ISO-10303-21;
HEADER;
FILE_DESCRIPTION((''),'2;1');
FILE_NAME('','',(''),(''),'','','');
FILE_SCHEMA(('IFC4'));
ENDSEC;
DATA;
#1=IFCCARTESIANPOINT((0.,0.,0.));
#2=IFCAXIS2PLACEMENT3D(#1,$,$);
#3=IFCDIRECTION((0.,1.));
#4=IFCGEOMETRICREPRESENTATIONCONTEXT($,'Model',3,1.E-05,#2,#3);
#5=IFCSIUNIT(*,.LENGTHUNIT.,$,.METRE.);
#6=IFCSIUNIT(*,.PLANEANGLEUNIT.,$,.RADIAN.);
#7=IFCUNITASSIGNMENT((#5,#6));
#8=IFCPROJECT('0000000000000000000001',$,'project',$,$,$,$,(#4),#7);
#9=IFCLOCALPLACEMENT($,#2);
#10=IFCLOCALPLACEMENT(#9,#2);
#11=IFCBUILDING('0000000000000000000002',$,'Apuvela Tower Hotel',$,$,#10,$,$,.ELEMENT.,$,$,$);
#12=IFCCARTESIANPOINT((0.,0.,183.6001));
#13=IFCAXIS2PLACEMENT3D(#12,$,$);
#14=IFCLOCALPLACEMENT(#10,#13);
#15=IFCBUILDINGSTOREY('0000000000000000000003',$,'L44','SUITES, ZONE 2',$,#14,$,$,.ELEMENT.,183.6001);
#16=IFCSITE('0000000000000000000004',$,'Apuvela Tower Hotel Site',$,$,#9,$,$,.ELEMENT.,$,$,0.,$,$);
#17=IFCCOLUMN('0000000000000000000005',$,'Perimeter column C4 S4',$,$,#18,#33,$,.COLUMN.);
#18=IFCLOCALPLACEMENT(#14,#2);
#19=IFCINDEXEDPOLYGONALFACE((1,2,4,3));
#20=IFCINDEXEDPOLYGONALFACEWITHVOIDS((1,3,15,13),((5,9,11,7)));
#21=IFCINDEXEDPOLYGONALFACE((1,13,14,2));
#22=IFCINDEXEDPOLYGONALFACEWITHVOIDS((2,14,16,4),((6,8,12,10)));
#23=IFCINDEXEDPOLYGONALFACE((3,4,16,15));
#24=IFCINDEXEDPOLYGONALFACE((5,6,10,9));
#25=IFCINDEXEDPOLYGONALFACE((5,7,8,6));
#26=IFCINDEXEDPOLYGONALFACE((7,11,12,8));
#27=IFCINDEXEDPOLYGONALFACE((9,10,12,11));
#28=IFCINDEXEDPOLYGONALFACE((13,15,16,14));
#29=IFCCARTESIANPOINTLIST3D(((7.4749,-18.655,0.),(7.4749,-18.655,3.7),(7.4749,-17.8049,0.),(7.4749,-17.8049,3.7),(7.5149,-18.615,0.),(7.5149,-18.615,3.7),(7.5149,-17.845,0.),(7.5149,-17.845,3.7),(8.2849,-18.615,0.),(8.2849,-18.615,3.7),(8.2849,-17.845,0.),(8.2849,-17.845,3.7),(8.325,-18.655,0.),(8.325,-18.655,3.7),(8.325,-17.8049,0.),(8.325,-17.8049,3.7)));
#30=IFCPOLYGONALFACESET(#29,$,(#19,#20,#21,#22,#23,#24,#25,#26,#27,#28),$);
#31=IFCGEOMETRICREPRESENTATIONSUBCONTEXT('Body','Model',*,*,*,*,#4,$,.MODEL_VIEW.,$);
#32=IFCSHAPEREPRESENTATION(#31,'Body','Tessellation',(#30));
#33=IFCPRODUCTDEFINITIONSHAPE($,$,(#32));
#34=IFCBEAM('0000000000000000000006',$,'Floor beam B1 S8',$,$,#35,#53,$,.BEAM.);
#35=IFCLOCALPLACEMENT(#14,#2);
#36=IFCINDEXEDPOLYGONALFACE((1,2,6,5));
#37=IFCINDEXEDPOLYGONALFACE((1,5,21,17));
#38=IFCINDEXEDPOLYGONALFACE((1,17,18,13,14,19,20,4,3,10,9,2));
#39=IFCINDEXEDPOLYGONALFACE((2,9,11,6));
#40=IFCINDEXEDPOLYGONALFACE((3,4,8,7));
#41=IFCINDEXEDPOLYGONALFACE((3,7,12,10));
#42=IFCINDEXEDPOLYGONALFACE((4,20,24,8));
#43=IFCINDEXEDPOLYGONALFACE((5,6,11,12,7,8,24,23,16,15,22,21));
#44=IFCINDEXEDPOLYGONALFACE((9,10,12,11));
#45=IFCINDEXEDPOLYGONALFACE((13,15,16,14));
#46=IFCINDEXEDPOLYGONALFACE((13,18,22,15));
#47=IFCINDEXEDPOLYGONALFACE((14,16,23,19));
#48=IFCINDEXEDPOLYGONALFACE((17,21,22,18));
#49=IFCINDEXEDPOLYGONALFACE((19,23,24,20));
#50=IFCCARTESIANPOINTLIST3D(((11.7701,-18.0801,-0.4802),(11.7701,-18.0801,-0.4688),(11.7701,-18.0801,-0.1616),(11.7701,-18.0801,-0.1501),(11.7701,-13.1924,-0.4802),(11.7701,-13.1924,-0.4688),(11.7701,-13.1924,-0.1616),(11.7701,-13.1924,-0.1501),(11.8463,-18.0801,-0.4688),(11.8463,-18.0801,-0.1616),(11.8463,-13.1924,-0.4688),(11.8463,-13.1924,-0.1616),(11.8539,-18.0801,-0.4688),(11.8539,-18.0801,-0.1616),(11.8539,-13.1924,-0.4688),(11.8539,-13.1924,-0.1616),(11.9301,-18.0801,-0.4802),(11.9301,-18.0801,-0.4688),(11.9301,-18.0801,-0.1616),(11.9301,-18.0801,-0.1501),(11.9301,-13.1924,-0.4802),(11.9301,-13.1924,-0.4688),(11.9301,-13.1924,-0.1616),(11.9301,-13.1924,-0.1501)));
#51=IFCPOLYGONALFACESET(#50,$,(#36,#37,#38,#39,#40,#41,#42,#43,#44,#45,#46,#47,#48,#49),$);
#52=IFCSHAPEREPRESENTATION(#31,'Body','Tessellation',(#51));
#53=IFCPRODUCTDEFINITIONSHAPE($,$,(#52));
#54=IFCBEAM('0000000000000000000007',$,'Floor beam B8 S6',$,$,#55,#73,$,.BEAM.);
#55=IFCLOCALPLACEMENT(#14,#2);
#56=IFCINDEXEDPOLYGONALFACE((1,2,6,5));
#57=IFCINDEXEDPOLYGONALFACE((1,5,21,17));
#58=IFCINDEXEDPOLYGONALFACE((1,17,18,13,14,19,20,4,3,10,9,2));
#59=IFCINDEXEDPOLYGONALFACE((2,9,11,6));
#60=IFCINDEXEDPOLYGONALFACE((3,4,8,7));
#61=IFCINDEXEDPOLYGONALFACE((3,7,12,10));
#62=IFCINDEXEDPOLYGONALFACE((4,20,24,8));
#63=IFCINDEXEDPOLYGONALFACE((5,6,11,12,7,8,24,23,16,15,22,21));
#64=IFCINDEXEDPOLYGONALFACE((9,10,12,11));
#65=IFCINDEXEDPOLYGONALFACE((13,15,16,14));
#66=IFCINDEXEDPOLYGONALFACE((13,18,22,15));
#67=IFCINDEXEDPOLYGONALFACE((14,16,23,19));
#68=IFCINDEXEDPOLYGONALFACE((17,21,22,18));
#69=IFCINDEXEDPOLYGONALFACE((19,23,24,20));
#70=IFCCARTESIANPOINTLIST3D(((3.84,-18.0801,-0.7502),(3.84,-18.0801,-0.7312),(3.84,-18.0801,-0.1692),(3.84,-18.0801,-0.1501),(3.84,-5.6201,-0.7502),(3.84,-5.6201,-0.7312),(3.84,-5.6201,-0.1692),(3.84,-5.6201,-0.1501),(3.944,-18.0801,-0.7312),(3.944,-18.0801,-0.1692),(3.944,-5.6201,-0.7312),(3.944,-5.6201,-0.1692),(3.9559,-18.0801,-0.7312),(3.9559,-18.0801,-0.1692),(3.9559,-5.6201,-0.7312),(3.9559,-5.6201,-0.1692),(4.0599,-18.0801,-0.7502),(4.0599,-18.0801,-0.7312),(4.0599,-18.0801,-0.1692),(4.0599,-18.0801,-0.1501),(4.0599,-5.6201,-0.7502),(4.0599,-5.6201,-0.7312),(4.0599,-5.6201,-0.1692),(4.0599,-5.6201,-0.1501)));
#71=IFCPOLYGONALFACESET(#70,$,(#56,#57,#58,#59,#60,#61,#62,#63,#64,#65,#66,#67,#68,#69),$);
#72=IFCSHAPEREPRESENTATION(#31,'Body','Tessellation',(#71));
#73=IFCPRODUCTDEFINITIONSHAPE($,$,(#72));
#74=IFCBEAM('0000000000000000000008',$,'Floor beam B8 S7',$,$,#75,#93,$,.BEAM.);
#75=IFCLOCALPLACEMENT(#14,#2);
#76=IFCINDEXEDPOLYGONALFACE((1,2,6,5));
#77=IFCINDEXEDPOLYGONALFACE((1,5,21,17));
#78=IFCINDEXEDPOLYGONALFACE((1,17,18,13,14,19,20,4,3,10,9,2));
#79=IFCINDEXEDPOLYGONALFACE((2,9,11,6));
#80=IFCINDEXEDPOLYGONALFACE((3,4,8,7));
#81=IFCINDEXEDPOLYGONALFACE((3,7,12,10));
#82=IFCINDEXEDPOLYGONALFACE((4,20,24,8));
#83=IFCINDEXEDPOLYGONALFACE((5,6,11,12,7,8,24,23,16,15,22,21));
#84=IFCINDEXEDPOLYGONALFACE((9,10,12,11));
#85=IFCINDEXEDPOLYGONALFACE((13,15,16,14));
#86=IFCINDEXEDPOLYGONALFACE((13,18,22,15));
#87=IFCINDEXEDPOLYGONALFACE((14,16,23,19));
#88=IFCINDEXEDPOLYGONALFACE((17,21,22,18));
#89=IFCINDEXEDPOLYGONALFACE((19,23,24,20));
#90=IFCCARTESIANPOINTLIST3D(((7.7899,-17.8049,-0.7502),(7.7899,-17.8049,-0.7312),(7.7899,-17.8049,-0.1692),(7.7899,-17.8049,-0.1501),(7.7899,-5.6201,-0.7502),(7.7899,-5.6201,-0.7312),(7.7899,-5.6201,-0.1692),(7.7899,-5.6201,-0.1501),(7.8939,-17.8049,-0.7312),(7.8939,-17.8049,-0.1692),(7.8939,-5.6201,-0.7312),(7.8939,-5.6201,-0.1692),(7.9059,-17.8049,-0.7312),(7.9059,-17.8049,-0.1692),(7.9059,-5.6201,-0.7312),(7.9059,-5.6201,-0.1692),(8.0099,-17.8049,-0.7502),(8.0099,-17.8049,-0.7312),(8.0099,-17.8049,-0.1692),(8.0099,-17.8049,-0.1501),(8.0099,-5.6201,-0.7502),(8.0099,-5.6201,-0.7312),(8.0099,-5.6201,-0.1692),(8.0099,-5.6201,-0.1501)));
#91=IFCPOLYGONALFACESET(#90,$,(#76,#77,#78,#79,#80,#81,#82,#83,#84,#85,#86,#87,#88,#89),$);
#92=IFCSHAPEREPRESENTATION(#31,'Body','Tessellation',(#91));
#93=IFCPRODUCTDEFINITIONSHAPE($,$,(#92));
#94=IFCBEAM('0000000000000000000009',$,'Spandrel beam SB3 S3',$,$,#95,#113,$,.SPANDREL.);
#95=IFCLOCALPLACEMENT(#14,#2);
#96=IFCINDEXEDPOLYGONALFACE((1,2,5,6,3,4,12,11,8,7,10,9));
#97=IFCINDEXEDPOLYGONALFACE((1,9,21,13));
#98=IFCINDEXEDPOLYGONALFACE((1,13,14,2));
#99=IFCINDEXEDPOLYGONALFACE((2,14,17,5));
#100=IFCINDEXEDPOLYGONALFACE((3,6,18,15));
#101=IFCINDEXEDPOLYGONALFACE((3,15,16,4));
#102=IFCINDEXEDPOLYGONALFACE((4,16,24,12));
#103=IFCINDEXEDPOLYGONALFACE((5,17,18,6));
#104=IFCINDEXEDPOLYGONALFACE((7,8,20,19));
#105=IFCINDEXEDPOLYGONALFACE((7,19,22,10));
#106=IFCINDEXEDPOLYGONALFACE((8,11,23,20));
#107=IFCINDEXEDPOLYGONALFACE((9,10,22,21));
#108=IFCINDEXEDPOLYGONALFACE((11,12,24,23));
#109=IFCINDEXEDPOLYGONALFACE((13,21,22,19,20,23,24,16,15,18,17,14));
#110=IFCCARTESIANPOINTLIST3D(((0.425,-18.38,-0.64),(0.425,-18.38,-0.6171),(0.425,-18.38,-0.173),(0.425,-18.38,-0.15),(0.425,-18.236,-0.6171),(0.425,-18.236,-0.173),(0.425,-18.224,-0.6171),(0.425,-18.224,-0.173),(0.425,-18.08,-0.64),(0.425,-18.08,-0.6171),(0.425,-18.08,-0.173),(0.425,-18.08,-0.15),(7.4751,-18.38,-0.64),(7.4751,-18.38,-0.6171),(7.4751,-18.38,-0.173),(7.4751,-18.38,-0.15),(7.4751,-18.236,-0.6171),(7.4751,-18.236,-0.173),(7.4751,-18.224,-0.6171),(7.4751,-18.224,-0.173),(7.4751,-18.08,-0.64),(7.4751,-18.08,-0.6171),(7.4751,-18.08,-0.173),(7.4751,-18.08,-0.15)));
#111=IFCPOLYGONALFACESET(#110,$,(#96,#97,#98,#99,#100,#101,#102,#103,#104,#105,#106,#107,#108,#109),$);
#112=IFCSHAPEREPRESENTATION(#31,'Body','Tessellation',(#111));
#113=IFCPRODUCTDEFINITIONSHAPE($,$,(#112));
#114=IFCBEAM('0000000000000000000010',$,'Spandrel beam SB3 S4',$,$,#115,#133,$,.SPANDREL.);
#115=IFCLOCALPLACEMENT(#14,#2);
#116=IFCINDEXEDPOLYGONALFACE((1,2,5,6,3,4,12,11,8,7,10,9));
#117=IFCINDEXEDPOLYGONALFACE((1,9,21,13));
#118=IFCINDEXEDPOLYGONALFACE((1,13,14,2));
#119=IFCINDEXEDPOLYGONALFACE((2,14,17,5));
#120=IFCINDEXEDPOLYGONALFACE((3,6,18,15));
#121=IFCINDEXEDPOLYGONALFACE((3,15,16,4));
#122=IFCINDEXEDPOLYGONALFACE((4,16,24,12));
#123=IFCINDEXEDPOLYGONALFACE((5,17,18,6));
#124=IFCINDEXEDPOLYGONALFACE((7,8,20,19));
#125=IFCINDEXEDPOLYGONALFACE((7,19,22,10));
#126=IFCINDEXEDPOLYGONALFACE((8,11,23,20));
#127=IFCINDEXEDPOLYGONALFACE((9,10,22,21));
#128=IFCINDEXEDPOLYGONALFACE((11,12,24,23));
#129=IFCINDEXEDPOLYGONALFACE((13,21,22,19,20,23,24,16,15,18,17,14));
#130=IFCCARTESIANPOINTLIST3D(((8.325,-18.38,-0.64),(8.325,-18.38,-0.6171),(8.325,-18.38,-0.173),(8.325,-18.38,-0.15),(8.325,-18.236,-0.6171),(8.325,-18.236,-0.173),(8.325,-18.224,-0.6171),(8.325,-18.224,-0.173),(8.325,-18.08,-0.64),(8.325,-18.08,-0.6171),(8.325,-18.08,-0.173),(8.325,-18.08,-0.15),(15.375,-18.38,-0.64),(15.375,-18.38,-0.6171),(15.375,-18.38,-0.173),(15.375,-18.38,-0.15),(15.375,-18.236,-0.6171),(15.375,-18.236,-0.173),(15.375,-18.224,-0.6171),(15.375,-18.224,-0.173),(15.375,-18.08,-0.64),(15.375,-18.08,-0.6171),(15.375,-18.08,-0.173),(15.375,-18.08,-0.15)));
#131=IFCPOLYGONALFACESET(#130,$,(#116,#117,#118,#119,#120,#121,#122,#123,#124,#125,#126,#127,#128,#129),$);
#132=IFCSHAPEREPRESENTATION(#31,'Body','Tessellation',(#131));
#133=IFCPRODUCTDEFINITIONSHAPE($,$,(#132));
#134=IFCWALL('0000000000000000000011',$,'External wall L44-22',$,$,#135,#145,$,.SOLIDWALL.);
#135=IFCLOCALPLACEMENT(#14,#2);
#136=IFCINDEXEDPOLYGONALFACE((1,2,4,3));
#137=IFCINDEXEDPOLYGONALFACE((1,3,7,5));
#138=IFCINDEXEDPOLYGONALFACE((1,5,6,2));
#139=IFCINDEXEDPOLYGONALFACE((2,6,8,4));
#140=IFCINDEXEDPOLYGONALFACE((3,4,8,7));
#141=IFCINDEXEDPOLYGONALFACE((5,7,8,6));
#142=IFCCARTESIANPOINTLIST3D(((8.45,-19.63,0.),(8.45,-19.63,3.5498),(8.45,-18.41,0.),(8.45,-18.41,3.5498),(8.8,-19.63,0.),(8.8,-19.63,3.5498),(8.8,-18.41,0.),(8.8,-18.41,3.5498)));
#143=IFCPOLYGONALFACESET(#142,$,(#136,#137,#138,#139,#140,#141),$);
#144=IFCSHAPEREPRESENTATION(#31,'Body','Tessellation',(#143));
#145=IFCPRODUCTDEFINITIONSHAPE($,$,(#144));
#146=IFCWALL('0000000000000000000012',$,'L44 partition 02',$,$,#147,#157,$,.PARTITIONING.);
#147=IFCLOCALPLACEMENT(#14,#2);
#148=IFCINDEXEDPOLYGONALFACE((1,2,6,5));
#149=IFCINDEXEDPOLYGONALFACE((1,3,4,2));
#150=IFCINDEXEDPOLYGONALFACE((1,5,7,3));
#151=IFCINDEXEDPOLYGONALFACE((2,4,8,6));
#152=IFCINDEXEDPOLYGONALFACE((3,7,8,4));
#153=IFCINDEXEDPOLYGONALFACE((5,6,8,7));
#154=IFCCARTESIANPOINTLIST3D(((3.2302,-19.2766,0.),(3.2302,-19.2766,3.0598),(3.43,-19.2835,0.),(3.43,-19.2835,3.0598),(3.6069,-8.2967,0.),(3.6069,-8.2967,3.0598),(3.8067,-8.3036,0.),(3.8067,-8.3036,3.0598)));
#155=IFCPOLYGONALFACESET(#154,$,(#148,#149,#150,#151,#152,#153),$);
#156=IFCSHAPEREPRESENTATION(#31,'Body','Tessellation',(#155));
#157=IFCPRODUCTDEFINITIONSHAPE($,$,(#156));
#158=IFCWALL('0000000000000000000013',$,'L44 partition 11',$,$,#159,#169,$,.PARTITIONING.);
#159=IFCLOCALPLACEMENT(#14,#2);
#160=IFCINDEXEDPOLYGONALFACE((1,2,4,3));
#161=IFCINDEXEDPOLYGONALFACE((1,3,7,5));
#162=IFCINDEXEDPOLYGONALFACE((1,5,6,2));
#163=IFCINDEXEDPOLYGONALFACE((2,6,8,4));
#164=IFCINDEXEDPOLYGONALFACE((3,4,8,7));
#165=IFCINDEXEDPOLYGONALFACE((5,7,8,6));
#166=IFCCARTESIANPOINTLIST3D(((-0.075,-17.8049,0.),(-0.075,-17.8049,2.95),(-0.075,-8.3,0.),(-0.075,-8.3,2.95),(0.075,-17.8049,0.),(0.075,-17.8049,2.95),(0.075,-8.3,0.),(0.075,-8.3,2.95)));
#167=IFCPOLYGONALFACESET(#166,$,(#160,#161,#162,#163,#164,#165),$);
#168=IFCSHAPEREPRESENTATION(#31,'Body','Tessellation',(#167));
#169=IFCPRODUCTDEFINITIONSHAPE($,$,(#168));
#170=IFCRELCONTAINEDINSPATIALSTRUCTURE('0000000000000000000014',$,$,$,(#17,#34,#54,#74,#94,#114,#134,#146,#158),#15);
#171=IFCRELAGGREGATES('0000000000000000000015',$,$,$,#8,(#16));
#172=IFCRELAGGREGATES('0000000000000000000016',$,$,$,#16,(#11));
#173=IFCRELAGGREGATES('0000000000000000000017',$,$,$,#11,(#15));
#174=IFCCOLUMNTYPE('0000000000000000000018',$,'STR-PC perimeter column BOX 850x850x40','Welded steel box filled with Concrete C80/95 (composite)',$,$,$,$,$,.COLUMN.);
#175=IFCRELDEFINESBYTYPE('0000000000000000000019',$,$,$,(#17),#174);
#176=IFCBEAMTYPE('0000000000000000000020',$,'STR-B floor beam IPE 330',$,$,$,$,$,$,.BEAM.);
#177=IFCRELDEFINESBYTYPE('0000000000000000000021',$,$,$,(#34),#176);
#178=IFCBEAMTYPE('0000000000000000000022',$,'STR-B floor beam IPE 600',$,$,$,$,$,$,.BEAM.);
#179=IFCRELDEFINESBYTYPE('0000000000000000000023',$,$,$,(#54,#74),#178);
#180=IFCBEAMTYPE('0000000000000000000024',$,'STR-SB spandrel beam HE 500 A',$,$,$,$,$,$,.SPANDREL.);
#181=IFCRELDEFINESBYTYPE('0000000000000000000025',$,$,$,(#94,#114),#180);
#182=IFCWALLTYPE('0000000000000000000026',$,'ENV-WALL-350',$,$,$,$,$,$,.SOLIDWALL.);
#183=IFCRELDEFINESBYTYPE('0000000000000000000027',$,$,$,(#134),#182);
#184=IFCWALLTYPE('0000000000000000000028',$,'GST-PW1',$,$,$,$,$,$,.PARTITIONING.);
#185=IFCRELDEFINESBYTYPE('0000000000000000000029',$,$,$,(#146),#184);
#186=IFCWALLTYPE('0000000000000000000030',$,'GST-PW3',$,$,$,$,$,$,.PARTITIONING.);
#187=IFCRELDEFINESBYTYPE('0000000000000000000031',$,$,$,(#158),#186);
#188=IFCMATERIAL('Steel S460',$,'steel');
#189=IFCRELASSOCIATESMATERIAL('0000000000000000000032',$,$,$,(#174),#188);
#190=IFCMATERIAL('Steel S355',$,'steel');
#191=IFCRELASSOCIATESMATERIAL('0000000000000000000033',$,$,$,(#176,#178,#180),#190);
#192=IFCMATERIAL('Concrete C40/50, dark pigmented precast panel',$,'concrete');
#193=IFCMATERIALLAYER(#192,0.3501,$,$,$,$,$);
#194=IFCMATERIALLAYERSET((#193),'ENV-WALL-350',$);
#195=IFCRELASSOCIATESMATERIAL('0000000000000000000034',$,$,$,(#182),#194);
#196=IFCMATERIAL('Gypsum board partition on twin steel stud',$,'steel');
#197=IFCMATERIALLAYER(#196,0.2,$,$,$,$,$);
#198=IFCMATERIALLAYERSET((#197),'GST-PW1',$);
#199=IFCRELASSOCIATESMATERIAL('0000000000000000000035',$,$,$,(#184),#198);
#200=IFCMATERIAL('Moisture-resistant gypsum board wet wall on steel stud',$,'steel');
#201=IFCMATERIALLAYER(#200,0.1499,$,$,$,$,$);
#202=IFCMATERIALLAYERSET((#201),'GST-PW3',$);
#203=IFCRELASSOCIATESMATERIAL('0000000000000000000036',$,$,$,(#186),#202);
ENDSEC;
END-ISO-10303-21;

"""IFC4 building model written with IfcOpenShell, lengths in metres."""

from ifc_helpers import new_model, si_unit, direction, frame, frame_2d, origin, origin_2d, place, context, subcontext, project, spatial, rectangle, hollow_rectangle, i_section, extrude, material, layer, layer_set, material_profile, profile_set, type_object, element, save


model = new_model("IFC4")

# Units and contexts
model_context = context("Model", 3, precision=1e-05, world=origin(), true_north=direction((0.0, 1.0)))
body_context = subcontext(model_context, "Body", "Model", "MODEL_VIEW")
ifc_project = project(units=[si_unit("LENGTHUNIT", "METRE"), si_unit("PLANEANGLEUNIT", "RADIAN")], contexts=[model_context])

# Site, building, storey
site_placement = place(None, origin())
site = spatial("IfcSite", under=ifc_project, at=site_placement, Name="Apuvela Tower Hotel Site", CompositionType="ELEMENT", RefElevation=0.0)
building_placement = place(site_placement, origin())
building = spatial("IfcBuilding", under=site, at=building_placement, Name="Apuvela Tower Hotel", CompositionType="ELEMENT")
storey_placement = place(building_placement, frame((0.0, 0.0, 183.6001)))
storey = spatial("IfcBuildingStorey", under=building, at=storey_placement, Name="L44", Description="SUITES, ZONE 2", CompositionType="ELEMENT", Elevation=183.6001)

# Column
ifc_material_1 = material(Name="Steel S460", Category="steel")
ifc_material_profile_1 = material_profile(ifc_material_1, hollow_rectangle(XDim=0.8501, YDim=0.8501, WallThickness=0.04, at=origin_2d()), Name="BOX 850x850x40")
ifc_material_2 = material(Name="Concrete C80/95", Category="concrete")
ifc_material_profile_2 = material_profile(ifc_material_2, rectangle(XDim=0.77, YDim=0.77, at=origin_2d()), Name="Concrete C80/95 infill")
ifc_profile_set_1 = profile_set([ifc_material_profile_1, ifc_material_profile_2], Name="Steel S460")
column_type = type_object("IfcColumnType", Name="STR-PC perimeter column BOX 850x850x40", Description="Welded steel box filled with Concrete C80/95 (composite)", PredefinedType="COLUMN", material=ifc_profile_set_1)
column_placement = place(storey_placement, frame((7.8999, -18.23, 0.0), z_axis=(0.0, 0.0, 1.0), x_axis=(-1.0, 0.0, 0.0)))
element("IfcColumn", 1, at=column_placement, inside=storey, type_object=column_type, Name="Perimeter column C4 S4", PredefinedType="COLUMN", context=body_context, shape_type="SweptSolid", body=[
    extrude(hollow_rectangle(XDim=0.8501, YDim=0.8501, WallThickness=0.04, at=origin_2d()), origin(), (0.0, 0.0, 1.0), 3.7),
])

# Beams
ifc_material_3 = material(Name="Steel S355", Category="steel")
ifc_material_profile_3 = material_profile(ifc_material_3, i_section(OverallWidth=0.1599, OverallDepth=0.3301, WebThickness=0.0076, FlangeThickness=0.0115, at=origin_2d()), Name="IPE 330")
ifc_profile_set_2 = profile_set([ifc_material_profile_3], Name="Steel S355")
beam_type_1 = type_object("IfcBeamType", Name="STR-B floor beam IPE 330", PredefinedType="BEAM", material=ifc_profile_set_2)
beam_1_placement = place(storey_placement, frame((11.8501, -18.0801, -0.3152), z_axis=(0.0, 1.0, 0.0), x_axis=(-1.0, 0.0, 0.0)))
element("IfcBeam", 2, at=beam_1_placement, inside=storey, type_object=beam_type_1, Name="Floor beam B1 S8", PredefinedType="BEAM", context=body_context, shape_type="SweptSolid", body=[
    extrude(i_section(OverallWidth=0.1599, OverallDepth=0.3301, WebThickness=0.0076, FlangeThickness=0.0115, at=origin_2d()), origin(), (0.0, 0.0, 1.0), 4.8877),
])
ifc_material_profile_4 = material_profile(ifc_material_3, i_section(OverallWidth=0.22, OverallDepth=0.6001, WebThickness=0.012, FlangeThickness=0.019, at=origin_2d()), Name="IPE 600")
ifc_profile_set_3 = profile_set([ifc_material_profile_4], Name="Steel S355")
beam_type_2 = type_object("IfcBeamType", Name="STR-B floor beam IPE 600", PredefinedType="BEAM", material=ifc_profile_set_3)
beam_2_placement = place(storey_placement, frame((3.95, -18.0801, -0.4502), z_axis=(0.0, 1.0, 0.0), x_axis=(-1.0, 0.0, 0.0)))
element("IfcBeam", 3, at=beam_2_placement, inside=storey, type_object=beam_type_2, Name="Floor beam B8 S6", PredefinedType="BEAM", context=body_context, shape_type="SweptSolid", body=[
    extrude(i_section(OverallWidth=0.22, OverallDepth=0.6001, WebThickness=0.012, FlangeThickness=0.019, at=origin_2d()), origin(), (0.0, 0.0, 1.0), 12.46),
])
beam_3_placement = place(storey_placement, frame((7.8999, -17.8049, -0.4502), z_axis=(0.0, 1.0, 0.0), x_axis=(-1.0, 0.0, 0.0)))
element("IfcBeam", 4, at=beam_3_placement, inside=storey, type_object=beam_type_2, Name="Floor beam B8 S7", PredefinedType="BEAM", context=body_context, shape_type="SweptSolid", body=[
    extrude(i_section(OverallWidth=0.22, OverallDepth=0.6001, WebThickness=0.012, FlangeThickness=0.019, at=origin_2d()), origin(), (0.0, 0.0, 1.0), 12.1848),
])
ifc_material_profile_5 = material_profile(ifc_material_3, i_section(OverallWidth=0.3, OverallDepth=0.49, WebThickness=0.012, FlangeThickness=0.0229, at=origin_2d()), Name="HE 500 A")
ifc_profile_set_4 = profile_set([ifc_material_profile_5], Name="Steel S355")
beam_type_3 = type_object("IfcBeamType", Name="STR-SB spandrel beam HE 500 A", PredefinedType="SPANDREL", material=ifc_profile_set_4)
for number, where, z_axis, x_axis, name in (
    (5, (0.425, -18.23, -0.395), (1.0, 0.0, 0.0), (0.0, 1.0, 0.0), "Spandrel beam SB3 S3"),
    (6, (8.325, -18.23, -0.395), (1.0, 0.0, 0.0), (0.0, 1.0, 0.0), "Spandrel beam SB3 S4"),
):
    element("IfcBeam", number, at=place(storey_placement, frame(where, z_axis=z_axis, x_axis=x_axis)), inside=storey, type_object=beam_type_3, Name=name, PredefinedType="SPANDREL", context=body_context, shape_type="SweptSolid", body=[
        extrude(i_section(OverallWidth=0.3, OverallDepth=0.49, WebThickness=0.012, FlangeThickness=0.0229, at=origin_2d()), origin(), (0.0, 0.0, 1.0), 7.05),
    ])

# Wall
ifc_material_4 = material(Name="Concrete C40/50, dark pigmented precast panel", Category="concrete")
ifc_layer_1 = layer(ifc_material_4, 0.3501)
ifc_layer_set_1 = layer_set([ifc_layer_1], Name="ENV-WALL-350")
wall_type_1 = type_object("IfcWallType", Name="ENV-WALL-350", PredefinedType="SOLIDWALL", material=ifc_layer_set_1)
wall_1_placement = place(storey_placement, frame((8.625, -19.6299, 0.0), z_axis=(0.0, 0.0, 1.0), x_axis=(0.0, 1.0, 0.0)))
element("IfcWall", 7, at=wall_1_placement, inside=storey, type_object=wall_type_1, Name="External wall L44-22", PredefinedType="SOLIDWALL", context=body_context, shape_type="SweptSolid", body=[
    extrude(rectangle(XDim=1.22, YDim=0.3501, at=frame_2d((0.6099, 0.0))), origin(), (0.0, 0.0, 1.0), 3.5498),
])

# Walls
ifc_material_5 = material(Name="Gypsum board partition on twin steel stud", Category="steel")
ifc_layer_2 = layer(ifc_material_5, 0.2)
ifc_layer_set_2 = layer_set([ifc_layer_2], Name="GST-PW1")
wall_type_2 = type_object("IfcWallType", Name="GST-PW1", PredefinedType="PARTITIONING", material=ifc_layer_set_2)
wall_2_placement = place(storey_placement, frame((3.3301, -19.28, 0.0), z_axis=(0.0, 0.0, 1.0), x_axis=(0.034289, 0.999412, 0.0)))
element("IfcWall", 8, at=wall_2_placement, inside=storey, type_object=wall_type_2, Name="L44 partition 02", PredefinedType="PARTITIONING", context=body_context, shape_type="SweptSolid", body=[
    extrude(rectangle(XDim=10.9863, YDim=0.2, at=frame_2d((5.4932, 0.0))), origin(), (0.0, 0.0, 1.0), 3.0598),
])
ifc_material_6 = material(Name="Moisture-resistant gypsum board wet wall on steel stud", Category="steel")
ifc_layer_3 = layer(ifc_material_6, 0.1499)
ifc_layer_set_3 = layer_set([ifc_layer_3], Name="GST-PW3")
wall_type_3 = type_object("IfcWallType", Name="GST-PW3", PredefinedType="PARTITIONING", material=ifc_layer_set_3)
wall_3_placement = place(storey_placement, frame((0.0, -17.8049, 0.0), z_axis=(0.0, 0.0, 1.0), x_axis=(0.0, 1.0, 0.0)))
element("IfcWall", 9, at=wall_3_placement, inside=storey, type_object=wall_type_3, Name="L44 partition 11", PredefinedType="PARTITIONING", context=body_context, shape_type="SweptSolid", body=[
    extrude(rectangle(XDim=9.5049, YDim=0.1499, at=frame_2d((4.7524, 0.0))), origin(), (0.0, 0.0, 1.0), 2.95),
])

save(model, "model.ifc")
